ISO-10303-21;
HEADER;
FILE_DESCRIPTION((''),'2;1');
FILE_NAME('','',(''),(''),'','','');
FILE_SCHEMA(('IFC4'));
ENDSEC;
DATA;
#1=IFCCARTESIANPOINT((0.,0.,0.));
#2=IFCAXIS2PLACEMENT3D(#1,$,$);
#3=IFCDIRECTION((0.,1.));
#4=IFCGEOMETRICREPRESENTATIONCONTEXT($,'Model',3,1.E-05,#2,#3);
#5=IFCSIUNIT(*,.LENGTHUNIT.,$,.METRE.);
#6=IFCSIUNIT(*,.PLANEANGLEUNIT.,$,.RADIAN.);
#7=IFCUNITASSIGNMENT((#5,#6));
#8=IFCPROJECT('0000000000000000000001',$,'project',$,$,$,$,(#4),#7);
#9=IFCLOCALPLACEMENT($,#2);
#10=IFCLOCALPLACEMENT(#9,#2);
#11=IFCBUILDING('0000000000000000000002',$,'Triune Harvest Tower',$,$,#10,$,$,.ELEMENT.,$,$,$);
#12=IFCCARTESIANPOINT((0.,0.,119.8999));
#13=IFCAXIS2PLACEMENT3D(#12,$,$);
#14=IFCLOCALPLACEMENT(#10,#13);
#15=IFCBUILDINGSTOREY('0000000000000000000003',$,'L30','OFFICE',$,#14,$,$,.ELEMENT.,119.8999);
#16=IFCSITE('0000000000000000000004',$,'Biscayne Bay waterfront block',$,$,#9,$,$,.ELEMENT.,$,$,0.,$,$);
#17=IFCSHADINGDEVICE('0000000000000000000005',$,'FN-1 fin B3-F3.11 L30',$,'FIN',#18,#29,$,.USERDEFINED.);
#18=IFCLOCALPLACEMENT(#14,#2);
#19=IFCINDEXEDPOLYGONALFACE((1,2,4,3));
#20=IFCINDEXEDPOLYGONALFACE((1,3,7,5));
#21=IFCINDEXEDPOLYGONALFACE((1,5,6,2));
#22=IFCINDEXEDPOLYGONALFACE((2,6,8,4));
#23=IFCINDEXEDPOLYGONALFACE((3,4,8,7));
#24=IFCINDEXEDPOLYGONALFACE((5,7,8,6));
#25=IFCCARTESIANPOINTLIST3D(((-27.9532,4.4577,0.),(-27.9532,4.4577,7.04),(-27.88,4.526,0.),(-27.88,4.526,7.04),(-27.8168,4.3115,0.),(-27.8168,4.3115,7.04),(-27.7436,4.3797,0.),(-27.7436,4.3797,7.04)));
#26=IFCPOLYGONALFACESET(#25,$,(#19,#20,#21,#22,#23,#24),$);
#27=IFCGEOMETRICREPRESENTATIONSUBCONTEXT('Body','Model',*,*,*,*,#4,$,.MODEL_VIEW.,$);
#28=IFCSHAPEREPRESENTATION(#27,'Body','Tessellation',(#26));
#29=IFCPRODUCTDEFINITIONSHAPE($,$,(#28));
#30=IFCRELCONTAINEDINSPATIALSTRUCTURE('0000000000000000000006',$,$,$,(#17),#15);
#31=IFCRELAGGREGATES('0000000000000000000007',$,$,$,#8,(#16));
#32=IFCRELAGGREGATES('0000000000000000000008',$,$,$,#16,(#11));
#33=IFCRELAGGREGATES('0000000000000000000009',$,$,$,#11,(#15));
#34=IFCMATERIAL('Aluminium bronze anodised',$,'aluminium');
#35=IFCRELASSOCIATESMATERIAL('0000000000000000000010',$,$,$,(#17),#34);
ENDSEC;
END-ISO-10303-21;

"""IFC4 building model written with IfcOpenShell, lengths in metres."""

from ifc_helpers import new_model, si_unit, direction, frame, origin, origin_2d, place, context, subcontext, project, spatial, rectangle, extrude, source, transform, mapped, material, element, save


model = new_model("IFC4")

# Units and contexts
model_context = context("Model", 3, precision=1e-05, world=origin(), true_north=direction((0.0, 1.0)))
body_context = subcontext(model_context, "Body", "Model", "MODEL_VIEW")
ifc_project = project(units=[si_unit("LENGTHUNIT", "METRE"), si_unit("PLANEANGLEUNIT", "RADIAN")], contexts=[model_context])

# Site, building, storey
site_placement = place(None, origin())
site = spatial("IfcSite", under=ifc_project, at=site_placement, Name="Biscayne Bay waterfront block", CompositionType="ELEMENT", RefElevation=0.0)
building_placement = place(site_placement, origin())
building = spatial("IfcBuilding", under=site, at=building_placement, Name="Triune Harvest Tower", CompositionType="ELEMENT")
storey_placement = place(building_placement, frame((0.0, 0.0, 119.8999)))
storey = spatial("IfcBuildingStorey", under=building, at=storey_placement, Name="L30", Description="OFFICE", CompositionType="ELEMENT", Elevation=119.8999)

# Shading device
ifc_material_1 = material(Name="Aluminium bronze anodised", Category="aluminium")
shared_shape_1 = source(origin(), body_context, "Body", "SweptSolid", [
    extrude(rectangle(XDim=0.1001, YDim=0.2, at=origin_2d()), origin(), (0.0, 0.0, 1.0), 7.04),
])
shading_device_placement = place(storey_placement, frame((-27.8484, 4.4187, 0.0), z_axis=(0.0, 0.0, 1.0), x_axis=(-0.731353, -0.681999, 0.0)))
element("IfcShadingDevice", 1, at=shading_device_placement, inside=storey, material=ifc_material_1, Name="FN-1 fin B3-F3.11 L30", ObjectType="FIN", PredefinedType="USERDEFINED", context=body_context, shape_type="MappedRepresentation", body=[
    mapped(shared_shape_1, transform((0.0, 0.0, 0.0), scale=1.0)),
])

save(model, "model.ifc")
